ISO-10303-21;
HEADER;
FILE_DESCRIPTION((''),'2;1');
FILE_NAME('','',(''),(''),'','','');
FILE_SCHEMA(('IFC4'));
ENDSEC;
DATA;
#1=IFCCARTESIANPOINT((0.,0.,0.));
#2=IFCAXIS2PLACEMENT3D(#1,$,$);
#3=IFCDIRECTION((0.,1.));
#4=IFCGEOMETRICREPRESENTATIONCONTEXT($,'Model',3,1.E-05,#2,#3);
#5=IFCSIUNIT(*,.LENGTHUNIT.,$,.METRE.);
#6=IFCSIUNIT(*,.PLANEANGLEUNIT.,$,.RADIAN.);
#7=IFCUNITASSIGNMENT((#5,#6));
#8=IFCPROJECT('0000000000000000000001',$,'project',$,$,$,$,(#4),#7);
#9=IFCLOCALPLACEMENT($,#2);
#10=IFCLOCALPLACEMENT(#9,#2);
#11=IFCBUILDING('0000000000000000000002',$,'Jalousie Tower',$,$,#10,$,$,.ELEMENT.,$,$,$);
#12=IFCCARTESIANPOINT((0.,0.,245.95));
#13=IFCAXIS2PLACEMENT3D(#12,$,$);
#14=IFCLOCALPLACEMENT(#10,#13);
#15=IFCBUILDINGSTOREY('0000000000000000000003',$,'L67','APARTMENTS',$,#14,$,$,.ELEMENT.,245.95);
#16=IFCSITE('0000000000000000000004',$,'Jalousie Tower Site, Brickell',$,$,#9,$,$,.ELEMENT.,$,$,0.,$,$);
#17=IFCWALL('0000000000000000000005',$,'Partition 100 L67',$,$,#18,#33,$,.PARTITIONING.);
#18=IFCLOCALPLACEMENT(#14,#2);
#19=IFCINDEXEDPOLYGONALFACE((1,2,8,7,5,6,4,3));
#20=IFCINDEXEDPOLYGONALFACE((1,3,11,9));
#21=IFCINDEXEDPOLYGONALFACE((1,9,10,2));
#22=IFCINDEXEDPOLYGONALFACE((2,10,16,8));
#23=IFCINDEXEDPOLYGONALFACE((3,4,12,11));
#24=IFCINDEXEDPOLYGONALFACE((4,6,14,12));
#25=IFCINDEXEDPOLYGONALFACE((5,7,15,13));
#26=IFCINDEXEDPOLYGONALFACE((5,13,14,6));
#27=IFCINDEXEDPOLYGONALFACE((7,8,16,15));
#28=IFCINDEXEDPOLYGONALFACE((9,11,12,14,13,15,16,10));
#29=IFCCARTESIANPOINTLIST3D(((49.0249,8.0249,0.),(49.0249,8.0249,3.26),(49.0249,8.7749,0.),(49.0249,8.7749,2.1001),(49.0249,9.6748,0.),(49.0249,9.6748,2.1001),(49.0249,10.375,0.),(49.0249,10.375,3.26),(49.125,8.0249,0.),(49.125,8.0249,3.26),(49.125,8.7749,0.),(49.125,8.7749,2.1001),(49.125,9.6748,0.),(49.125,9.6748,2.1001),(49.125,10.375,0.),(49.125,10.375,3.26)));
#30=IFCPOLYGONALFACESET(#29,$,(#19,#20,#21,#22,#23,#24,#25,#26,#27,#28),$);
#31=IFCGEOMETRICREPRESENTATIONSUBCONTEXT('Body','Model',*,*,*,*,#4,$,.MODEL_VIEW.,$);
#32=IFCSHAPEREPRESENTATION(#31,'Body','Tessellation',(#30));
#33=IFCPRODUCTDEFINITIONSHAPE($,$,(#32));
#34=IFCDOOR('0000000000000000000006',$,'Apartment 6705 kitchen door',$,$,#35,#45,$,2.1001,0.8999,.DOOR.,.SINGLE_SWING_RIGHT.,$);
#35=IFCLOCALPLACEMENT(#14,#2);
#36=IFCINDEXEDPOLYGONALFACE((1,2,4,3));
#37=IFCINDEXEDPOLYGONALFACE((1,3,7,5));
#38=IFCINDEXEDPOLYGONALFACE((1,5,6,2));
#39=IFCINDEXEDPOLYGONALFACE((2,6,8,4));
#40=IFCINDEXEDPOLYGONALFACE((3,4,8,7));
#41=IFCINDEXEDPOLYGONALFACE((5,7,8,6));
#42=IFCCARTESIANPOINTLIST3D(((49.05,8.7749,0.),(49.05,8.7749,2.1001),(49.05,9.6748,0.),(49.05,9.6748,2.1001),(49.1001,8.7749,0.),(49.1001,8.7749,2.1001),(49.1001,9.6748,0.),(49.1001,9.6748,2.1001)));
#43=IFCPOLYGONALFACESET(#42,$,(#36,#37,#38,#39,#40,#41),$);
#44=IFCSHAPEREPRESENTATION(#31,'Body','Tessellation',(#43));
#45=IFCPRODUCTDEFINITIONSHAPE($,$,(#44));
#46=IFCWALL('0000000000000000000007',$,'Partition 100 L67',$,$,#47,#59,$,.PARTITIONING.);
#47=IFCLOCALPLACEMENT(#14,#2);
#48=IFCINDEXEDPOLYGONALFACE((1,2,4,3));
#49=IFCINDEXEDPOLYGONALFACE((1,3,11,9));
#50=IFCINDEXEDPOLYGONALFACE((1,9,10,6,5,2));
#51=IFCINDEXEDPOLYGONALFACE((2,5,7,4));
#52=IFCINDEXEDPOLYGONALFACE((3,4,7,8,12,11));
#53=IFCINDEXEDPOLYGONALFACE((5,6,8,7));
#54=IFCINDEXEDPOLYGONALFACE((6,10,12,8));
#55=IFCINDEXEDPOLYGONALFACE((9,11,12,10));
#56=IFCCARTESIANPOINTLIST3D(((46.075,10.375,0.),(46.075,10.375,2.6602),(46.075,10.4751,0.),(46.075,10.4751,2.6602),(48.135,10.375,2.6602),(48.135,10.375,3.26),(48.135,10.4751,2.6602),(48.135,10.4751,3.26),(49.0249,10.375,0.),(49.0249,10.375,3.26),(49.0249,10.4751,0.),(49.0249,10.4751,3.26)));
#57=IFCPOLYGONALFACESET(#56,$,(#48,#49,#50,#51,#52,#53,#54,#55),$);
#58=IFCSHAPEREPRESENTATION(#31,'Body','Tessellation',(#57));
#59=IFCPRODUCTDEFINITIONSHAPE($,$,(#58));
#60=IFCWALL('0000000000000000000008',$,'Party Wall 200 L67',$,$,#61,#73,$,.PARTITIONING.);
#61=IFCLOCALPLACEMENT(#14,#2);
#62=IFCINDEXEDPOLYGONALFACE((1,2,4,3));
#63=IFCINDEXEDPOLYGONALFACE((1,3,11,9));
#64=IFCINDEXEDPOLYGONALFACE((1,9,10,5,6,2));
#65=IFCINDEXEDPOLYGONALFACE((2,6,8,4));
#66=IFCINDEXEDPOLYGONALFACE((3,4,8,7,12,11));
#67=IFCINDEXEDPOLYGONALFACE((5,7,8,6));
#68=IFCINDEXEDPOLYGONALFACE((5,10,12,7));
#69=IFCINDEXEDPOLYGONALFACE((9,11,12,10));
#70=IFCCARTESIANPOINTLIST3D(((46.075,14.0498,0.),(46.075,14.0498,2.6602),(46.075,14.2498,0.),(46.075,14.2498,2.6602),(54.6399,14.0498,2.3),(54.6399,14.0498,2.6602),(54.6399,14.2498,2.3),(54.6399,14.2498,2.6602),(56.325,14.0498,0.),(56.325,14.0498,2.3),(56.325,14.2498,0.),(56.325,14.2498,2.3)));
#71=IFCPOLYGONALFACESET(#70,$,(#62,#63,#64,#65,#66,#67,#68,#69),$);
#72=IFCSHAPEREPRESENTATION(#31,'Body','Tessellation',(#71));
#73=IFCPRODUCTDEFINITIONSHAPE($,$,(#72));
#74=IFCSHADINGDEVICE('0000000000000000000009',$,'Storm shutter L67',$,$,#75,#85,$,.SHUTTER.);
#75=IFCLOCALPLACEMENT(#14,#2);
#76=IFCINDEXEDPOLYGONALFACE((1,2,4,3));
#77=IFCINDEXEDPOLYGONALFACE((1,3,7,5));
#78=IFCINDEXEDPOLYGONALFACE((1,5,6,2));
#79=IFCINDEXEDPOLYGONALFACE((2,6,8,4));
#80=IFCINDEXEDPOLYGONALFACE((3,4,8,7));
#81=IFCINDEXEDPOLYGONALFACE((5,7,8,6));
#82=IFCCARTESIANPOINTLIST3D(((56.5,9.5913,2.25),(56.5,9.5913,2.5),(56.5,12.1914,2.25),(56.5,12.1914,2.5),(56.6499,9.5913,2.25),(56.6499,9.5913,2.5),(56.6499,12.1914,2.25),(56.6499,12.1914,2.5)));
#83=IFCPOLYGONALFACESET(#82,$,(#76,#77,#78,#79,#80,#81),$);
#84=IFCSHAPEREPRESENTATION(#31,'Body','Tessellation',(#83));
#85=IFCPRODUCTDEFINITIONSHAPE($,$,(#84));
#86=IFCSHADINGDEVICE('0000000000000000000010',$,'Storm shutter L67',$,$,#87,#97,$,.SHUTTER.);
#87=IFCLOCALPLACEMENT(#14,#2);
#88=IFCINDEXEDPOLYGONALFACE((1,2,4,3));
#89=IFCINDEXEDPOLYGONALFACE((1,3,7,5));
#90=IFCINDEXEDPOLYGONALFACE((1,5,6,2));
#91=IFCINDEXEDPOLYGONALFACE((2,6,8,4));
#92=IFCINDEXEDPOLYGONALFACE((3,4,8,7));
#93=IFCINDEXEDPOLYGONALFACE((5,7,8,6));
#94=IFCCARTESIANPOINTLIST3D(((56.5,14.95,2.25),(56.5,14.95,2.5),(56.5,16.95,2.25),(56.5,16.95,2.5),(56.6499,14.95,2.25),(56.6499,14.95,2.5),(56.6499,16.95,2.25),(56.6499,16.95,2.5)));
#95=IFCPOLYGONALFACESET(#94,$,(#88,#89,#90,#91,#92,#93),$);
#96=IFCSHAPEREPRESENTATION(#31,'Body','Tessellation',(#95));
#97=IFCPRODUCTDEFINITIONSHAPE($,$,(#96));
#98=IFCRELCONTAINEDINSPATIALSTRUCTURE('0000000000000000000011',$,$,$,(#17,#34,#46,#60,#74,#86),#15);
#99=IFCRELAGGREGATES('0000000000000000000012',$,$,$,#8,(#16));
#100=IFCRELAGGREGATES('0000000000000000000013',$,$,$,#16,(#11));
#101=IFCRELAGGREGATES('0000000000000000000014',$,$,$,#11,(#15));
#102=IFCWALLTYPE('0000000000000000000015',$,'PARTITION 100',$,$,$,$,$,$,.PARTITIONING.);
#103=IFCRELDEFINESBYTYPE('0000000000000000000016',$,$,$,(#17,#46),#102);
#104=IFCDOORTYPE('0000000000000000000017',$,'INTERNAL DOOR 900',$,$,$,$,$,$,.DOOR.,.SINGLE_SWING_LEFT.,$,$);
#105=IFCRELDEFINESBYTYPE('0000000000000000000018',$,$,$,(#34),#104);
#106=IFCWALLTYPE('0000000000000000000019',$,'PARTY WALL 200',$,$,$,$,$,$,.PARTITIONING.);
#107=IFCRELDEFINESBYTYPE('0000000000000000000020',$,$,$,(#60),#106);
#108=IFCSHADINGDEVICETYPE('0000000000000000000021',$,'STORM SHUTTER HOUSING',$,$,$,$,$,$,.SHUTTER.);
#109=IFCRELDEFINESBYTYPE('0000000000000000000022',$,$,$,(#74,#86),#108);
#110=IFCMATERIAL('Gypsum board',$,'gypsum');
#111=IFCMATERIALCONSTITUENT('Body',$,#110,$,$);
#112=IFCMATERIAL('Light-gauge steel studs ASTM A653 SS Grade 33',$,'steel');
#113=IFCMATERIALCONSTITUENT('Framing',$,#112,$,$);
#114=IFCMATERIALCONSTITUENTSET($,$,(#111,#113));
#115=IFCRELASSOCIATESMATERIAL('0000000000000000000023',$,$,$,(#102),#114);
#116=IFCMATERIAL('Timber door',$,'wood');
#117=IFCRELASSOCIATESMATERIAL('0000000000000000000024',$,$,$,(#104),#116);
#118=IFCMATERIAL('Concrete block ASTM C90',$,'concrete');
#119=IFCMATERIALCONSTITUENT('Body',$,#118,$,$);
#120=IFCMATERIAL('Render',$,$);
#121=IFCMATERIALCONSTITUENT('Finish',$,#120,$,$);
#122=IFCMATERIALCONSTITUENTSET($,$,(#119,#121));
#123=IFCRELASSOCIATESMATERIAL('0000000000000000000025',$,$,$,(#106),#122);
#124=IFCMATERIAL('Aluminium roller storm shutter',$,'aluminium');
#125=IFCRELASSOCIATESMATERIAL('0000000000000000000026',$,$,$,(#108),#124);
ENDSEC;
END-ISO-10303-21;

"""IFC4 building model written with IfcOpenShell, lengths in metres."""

from ifc_helpers import new_model, si_unit, direction, frame, frame_2d, origin, origin_2d, place, context, subcontext, project, spatial, polyline, rectangle, outline, extrude, material, constituent, constituent_set, type_object, element, fill, save


model = new_model("IFC4")

# Units and contexts
model_context = context("Model", 3, precision=1e-05, world=origin(), true_north=direction((0.0, 1.0)))
body_context = subcontext(model_context, "Body", "Model", "MODEL_VIEW")
ifc_project = project(units=[si_unit("LENGTHUNIT", "METRE"), si_unit("PLANEANGLEUNIT", "RADIAN")], contexts=[model_context])

# Site, building, storey
site_placement = place(None, origin())
site = spatial("IfcSite", under=ifc_project, at=site_placement, Name="Jalousie Tower Site, Brickell", CompositionType="ELEMENT", RefElevation=0.0)
building_placement = place(site_placement, origin())
building = spatial("IfcBuilding", under=site, at=building_placement, Name="Jalousie Tower", CompositionType="ELEMENT")
storey_placement = place(building_placement, frame((0.0, 0.0, 245.95)))
storey = spatial("IfcBuildingStorey", under=building, at=storey_placement, Name="L67", Description="APARTMENTS", CompositionType="ELEMENT", Elevation=245.95)

# Wall, opening, door
ifc_material_1 = material(Name="Gypsum board", Category="gypsum")
ifc_constituent_1 = constituent(ifc_material_1, Name="Body")
ifc_material_2 = material(Name="Light-gauge steel studs ASTM A653 SS Grade 33", Category="steel")
ifc_constituent_2 = constituent(ifc_material_2, Name="Framing")
ifc_constituent_set_1 = constituent_set(constituents=[ifc_constituent_1, ifc_constituent_2])
wall_type_1 = type_object("IfcWallType", Name="PARTITION 100", PredefinedType="PARTITIONING", material=ifc_constituent_set_1)
wall_1_placement = place(storey_placement, frame((49.075, 8.0249, 0.0), z_axis=(0.0, 0.0, 1.0), x_axis=(0.0, 1.0, 0.0)))
wall_1 = element("IfcWall", 1, at=wall_1_placement, inside=storey, type_object=wall_type_1, Name="Partition 100 L67", PredefinedType="PARTITIONING", context=body_context, shape_type="SweptSolid", body=[
    extrude(rectangle(XDim=2.3501, YDim=0.1001, at=frame_2d((1.175, 0.0))), origin(), (0.0, 0.0, 1.0), 3.26),
])
opening_1_placement = place(wall_1_placement, frame((0.75, 0.0, 0.0)))
opening_1 = element("IfcOpeningElement", 2, at=opening_1_placement, cuts=wall_1, PredefinedType="OPENING", context=body_context, shape_type="SweptSolid", body=[
    extrude(rectangle(XDim=0.8999, YDim=2.1001, at=frame_2d((0.45, 1.05))), frame((0.0, 0.0601, 0.0), z_axis=(0.0, -1.0, 0.0), x_axis=(1.0, 0.0, 0.0)), (0.0, 0.0, 1.0), 0.1201),
])
ifc_material_3 = material(Name="Timber door", Category="wood")
door_type_1 = type_object("IfcDoorType", Name="INTERNAL DOOR 900", OperationType="SINGLE_SWING_LEFT", PredefinedType="DOOR", material=ifc_material_3)
door_1_placement = place(opening_1_placement, origin())
door_1 = element("IfcDoor", 3, at=door_1_placement, inside=storey, type_object=door_type_1, Name="Apartment 6705 kitchen door", OperationType="SINGLE_SWING_RIGHT", OverallHeight=2.1001, OverallWidth=0.8999, PredefinedType="DOOR", context=body_context, shape_type="SweptSolid", body=[
    extrude(rectangle(XDim=0.8999, YDim=2.1001, at=frame_2d((0.45, 1.05))), frame((0.0, 0.0249, 0.0), z_axis=(0.0, -1.0, 0.0), x_axis=(1.0, 0.0, 0.0)), (0.0, 0.0, 1.0), 0.05),
])
fill(opening_1, door_1)

# Walls
wall_2_placement = place(storey_placement, frame((49.0249, 10.425, 0.0), z_axis=(0.0, 0.0, 1.0), x_axis=(-1.0, 0.0, 0.0)))
element("IfcWall", 4, at=wall_2_placement, inside=storey, type_object=wall_type_1, Name="Partition 100 L67", PredefinedType="PARTITIONING", context=body_context, shape_type="SweptSolid", body=[
    extrude(outline(polyline([(0.0, 0.0), (2.95, 0.0), (2.95, 3.26), (2.95, 2.6602), (0.8899, 2.6602), (0.8899, 3.26), (0.0, 3.26), (0.0, 0.0)])), frame((0.0, 0.05, 0.0), z_axis=(0.0, -1.0, 0.0), x_axis=(1.0, 0.0, 0.0)), (0.0, 0.0, 1.0), 0.1001),
])
ifc_material_4 = material(Name="Concrete block ASTM C90", Category="concrete")
ifc_constituent_3 = constituent(ifc_material_4, Name="Body")
ifc_material_5 = material(Name="Render")
ifc_constituent_4 = constituent(ifc_material_5, Name="Finish")
ifc_constituent_set_2 = constituent_set(constituents=[ifc_constituent_3, ifc_constituent_4])
wall_type_2 = type_object("IfcWallType", Name="PARTY WALL 200", PredefinedType="PARTITIONING", material=ifc_constituent_set_2)
wall_3_placement = place(storey_placement, frame((56.325, 14.1499, 0.0), z_axis=(0.0, 0.0, 1.0), x_axis=(-1.0, 0.0, 0.0)))
element("IfcWall", 5, at=wall_3_placement, inside=storey, type_object=wall_type_2, Name="Party Wall 200 L67", PredefinedType="PARTITIONING", context=body_context, shape_type="SweptSolid", body=[
    extrude(outline(polyline([(0.0, 0.0), (10.25, 0.0), (10.25, 3.26), (10.25, 2.6602), (1.6851, 2.6602), (1.6851, 2.3), (0.0, 2.3), (0.0, 3.26), (0.0, 0.0)])), frame((0.0, 0.1001, 0.0), z_axis=(0.0, -1.0, 0.0), x_axis=(1.0, 0.0, 0.0)), (0.0, 0.0, 1.0), 0.2),
])

# Shading devices
ifc_material_6 = material(Name="Aluminium roller storm shutter", Category="aluminium")
shading_device_type = type_object("IfcShadingDeviceType", Name="STORM SHUTTER HOUSING", PredefinedType="SHUTTER", material=ifc_material_6)
shading_device_1_placement = place(storey_placement, frame((56.575, 10.8914, 2.25), z_axis=(0.0, 0.0, 1.0), x_axis=(0.0, 1.0, 0.0)))
element("IfcShadingDevice", 6, at=shading_device_1_placement, inside=storey, type_object=shading_device_type, Name="Storm shutter L67", PredefinedType="SHUTTER", context=body_context, shape_type="SweptSolid", body=[
    extrude(rectangle(XDim=2.6001, YDim=0.1499, at=origin_2d()), origin(), (0.0, 0.0, 1.0), 0.25),
])
shading_device_2_placement = place(storey_placement, frame((56.575, 15.95, 2.25), z_axis=(0.0, 0.0, 1.0), x_axis=(0.0, 1.0, 0.0)))
element("IfcShadingDevice", 7, at=shading_device_2_placement, inside=storey, type_object=shading_device_type, Name="Storm shutter L67", PredefinedType="SHUTTER", context=body_context, shape_type="SweptSolid", body=[
    extrude(rectangle(XDim=2.0, YDim=0.1499, at=origin_2d()), origin(), (0.0, 0.0, 1.0), 0.25),
])

save(model, "model.ifc")
